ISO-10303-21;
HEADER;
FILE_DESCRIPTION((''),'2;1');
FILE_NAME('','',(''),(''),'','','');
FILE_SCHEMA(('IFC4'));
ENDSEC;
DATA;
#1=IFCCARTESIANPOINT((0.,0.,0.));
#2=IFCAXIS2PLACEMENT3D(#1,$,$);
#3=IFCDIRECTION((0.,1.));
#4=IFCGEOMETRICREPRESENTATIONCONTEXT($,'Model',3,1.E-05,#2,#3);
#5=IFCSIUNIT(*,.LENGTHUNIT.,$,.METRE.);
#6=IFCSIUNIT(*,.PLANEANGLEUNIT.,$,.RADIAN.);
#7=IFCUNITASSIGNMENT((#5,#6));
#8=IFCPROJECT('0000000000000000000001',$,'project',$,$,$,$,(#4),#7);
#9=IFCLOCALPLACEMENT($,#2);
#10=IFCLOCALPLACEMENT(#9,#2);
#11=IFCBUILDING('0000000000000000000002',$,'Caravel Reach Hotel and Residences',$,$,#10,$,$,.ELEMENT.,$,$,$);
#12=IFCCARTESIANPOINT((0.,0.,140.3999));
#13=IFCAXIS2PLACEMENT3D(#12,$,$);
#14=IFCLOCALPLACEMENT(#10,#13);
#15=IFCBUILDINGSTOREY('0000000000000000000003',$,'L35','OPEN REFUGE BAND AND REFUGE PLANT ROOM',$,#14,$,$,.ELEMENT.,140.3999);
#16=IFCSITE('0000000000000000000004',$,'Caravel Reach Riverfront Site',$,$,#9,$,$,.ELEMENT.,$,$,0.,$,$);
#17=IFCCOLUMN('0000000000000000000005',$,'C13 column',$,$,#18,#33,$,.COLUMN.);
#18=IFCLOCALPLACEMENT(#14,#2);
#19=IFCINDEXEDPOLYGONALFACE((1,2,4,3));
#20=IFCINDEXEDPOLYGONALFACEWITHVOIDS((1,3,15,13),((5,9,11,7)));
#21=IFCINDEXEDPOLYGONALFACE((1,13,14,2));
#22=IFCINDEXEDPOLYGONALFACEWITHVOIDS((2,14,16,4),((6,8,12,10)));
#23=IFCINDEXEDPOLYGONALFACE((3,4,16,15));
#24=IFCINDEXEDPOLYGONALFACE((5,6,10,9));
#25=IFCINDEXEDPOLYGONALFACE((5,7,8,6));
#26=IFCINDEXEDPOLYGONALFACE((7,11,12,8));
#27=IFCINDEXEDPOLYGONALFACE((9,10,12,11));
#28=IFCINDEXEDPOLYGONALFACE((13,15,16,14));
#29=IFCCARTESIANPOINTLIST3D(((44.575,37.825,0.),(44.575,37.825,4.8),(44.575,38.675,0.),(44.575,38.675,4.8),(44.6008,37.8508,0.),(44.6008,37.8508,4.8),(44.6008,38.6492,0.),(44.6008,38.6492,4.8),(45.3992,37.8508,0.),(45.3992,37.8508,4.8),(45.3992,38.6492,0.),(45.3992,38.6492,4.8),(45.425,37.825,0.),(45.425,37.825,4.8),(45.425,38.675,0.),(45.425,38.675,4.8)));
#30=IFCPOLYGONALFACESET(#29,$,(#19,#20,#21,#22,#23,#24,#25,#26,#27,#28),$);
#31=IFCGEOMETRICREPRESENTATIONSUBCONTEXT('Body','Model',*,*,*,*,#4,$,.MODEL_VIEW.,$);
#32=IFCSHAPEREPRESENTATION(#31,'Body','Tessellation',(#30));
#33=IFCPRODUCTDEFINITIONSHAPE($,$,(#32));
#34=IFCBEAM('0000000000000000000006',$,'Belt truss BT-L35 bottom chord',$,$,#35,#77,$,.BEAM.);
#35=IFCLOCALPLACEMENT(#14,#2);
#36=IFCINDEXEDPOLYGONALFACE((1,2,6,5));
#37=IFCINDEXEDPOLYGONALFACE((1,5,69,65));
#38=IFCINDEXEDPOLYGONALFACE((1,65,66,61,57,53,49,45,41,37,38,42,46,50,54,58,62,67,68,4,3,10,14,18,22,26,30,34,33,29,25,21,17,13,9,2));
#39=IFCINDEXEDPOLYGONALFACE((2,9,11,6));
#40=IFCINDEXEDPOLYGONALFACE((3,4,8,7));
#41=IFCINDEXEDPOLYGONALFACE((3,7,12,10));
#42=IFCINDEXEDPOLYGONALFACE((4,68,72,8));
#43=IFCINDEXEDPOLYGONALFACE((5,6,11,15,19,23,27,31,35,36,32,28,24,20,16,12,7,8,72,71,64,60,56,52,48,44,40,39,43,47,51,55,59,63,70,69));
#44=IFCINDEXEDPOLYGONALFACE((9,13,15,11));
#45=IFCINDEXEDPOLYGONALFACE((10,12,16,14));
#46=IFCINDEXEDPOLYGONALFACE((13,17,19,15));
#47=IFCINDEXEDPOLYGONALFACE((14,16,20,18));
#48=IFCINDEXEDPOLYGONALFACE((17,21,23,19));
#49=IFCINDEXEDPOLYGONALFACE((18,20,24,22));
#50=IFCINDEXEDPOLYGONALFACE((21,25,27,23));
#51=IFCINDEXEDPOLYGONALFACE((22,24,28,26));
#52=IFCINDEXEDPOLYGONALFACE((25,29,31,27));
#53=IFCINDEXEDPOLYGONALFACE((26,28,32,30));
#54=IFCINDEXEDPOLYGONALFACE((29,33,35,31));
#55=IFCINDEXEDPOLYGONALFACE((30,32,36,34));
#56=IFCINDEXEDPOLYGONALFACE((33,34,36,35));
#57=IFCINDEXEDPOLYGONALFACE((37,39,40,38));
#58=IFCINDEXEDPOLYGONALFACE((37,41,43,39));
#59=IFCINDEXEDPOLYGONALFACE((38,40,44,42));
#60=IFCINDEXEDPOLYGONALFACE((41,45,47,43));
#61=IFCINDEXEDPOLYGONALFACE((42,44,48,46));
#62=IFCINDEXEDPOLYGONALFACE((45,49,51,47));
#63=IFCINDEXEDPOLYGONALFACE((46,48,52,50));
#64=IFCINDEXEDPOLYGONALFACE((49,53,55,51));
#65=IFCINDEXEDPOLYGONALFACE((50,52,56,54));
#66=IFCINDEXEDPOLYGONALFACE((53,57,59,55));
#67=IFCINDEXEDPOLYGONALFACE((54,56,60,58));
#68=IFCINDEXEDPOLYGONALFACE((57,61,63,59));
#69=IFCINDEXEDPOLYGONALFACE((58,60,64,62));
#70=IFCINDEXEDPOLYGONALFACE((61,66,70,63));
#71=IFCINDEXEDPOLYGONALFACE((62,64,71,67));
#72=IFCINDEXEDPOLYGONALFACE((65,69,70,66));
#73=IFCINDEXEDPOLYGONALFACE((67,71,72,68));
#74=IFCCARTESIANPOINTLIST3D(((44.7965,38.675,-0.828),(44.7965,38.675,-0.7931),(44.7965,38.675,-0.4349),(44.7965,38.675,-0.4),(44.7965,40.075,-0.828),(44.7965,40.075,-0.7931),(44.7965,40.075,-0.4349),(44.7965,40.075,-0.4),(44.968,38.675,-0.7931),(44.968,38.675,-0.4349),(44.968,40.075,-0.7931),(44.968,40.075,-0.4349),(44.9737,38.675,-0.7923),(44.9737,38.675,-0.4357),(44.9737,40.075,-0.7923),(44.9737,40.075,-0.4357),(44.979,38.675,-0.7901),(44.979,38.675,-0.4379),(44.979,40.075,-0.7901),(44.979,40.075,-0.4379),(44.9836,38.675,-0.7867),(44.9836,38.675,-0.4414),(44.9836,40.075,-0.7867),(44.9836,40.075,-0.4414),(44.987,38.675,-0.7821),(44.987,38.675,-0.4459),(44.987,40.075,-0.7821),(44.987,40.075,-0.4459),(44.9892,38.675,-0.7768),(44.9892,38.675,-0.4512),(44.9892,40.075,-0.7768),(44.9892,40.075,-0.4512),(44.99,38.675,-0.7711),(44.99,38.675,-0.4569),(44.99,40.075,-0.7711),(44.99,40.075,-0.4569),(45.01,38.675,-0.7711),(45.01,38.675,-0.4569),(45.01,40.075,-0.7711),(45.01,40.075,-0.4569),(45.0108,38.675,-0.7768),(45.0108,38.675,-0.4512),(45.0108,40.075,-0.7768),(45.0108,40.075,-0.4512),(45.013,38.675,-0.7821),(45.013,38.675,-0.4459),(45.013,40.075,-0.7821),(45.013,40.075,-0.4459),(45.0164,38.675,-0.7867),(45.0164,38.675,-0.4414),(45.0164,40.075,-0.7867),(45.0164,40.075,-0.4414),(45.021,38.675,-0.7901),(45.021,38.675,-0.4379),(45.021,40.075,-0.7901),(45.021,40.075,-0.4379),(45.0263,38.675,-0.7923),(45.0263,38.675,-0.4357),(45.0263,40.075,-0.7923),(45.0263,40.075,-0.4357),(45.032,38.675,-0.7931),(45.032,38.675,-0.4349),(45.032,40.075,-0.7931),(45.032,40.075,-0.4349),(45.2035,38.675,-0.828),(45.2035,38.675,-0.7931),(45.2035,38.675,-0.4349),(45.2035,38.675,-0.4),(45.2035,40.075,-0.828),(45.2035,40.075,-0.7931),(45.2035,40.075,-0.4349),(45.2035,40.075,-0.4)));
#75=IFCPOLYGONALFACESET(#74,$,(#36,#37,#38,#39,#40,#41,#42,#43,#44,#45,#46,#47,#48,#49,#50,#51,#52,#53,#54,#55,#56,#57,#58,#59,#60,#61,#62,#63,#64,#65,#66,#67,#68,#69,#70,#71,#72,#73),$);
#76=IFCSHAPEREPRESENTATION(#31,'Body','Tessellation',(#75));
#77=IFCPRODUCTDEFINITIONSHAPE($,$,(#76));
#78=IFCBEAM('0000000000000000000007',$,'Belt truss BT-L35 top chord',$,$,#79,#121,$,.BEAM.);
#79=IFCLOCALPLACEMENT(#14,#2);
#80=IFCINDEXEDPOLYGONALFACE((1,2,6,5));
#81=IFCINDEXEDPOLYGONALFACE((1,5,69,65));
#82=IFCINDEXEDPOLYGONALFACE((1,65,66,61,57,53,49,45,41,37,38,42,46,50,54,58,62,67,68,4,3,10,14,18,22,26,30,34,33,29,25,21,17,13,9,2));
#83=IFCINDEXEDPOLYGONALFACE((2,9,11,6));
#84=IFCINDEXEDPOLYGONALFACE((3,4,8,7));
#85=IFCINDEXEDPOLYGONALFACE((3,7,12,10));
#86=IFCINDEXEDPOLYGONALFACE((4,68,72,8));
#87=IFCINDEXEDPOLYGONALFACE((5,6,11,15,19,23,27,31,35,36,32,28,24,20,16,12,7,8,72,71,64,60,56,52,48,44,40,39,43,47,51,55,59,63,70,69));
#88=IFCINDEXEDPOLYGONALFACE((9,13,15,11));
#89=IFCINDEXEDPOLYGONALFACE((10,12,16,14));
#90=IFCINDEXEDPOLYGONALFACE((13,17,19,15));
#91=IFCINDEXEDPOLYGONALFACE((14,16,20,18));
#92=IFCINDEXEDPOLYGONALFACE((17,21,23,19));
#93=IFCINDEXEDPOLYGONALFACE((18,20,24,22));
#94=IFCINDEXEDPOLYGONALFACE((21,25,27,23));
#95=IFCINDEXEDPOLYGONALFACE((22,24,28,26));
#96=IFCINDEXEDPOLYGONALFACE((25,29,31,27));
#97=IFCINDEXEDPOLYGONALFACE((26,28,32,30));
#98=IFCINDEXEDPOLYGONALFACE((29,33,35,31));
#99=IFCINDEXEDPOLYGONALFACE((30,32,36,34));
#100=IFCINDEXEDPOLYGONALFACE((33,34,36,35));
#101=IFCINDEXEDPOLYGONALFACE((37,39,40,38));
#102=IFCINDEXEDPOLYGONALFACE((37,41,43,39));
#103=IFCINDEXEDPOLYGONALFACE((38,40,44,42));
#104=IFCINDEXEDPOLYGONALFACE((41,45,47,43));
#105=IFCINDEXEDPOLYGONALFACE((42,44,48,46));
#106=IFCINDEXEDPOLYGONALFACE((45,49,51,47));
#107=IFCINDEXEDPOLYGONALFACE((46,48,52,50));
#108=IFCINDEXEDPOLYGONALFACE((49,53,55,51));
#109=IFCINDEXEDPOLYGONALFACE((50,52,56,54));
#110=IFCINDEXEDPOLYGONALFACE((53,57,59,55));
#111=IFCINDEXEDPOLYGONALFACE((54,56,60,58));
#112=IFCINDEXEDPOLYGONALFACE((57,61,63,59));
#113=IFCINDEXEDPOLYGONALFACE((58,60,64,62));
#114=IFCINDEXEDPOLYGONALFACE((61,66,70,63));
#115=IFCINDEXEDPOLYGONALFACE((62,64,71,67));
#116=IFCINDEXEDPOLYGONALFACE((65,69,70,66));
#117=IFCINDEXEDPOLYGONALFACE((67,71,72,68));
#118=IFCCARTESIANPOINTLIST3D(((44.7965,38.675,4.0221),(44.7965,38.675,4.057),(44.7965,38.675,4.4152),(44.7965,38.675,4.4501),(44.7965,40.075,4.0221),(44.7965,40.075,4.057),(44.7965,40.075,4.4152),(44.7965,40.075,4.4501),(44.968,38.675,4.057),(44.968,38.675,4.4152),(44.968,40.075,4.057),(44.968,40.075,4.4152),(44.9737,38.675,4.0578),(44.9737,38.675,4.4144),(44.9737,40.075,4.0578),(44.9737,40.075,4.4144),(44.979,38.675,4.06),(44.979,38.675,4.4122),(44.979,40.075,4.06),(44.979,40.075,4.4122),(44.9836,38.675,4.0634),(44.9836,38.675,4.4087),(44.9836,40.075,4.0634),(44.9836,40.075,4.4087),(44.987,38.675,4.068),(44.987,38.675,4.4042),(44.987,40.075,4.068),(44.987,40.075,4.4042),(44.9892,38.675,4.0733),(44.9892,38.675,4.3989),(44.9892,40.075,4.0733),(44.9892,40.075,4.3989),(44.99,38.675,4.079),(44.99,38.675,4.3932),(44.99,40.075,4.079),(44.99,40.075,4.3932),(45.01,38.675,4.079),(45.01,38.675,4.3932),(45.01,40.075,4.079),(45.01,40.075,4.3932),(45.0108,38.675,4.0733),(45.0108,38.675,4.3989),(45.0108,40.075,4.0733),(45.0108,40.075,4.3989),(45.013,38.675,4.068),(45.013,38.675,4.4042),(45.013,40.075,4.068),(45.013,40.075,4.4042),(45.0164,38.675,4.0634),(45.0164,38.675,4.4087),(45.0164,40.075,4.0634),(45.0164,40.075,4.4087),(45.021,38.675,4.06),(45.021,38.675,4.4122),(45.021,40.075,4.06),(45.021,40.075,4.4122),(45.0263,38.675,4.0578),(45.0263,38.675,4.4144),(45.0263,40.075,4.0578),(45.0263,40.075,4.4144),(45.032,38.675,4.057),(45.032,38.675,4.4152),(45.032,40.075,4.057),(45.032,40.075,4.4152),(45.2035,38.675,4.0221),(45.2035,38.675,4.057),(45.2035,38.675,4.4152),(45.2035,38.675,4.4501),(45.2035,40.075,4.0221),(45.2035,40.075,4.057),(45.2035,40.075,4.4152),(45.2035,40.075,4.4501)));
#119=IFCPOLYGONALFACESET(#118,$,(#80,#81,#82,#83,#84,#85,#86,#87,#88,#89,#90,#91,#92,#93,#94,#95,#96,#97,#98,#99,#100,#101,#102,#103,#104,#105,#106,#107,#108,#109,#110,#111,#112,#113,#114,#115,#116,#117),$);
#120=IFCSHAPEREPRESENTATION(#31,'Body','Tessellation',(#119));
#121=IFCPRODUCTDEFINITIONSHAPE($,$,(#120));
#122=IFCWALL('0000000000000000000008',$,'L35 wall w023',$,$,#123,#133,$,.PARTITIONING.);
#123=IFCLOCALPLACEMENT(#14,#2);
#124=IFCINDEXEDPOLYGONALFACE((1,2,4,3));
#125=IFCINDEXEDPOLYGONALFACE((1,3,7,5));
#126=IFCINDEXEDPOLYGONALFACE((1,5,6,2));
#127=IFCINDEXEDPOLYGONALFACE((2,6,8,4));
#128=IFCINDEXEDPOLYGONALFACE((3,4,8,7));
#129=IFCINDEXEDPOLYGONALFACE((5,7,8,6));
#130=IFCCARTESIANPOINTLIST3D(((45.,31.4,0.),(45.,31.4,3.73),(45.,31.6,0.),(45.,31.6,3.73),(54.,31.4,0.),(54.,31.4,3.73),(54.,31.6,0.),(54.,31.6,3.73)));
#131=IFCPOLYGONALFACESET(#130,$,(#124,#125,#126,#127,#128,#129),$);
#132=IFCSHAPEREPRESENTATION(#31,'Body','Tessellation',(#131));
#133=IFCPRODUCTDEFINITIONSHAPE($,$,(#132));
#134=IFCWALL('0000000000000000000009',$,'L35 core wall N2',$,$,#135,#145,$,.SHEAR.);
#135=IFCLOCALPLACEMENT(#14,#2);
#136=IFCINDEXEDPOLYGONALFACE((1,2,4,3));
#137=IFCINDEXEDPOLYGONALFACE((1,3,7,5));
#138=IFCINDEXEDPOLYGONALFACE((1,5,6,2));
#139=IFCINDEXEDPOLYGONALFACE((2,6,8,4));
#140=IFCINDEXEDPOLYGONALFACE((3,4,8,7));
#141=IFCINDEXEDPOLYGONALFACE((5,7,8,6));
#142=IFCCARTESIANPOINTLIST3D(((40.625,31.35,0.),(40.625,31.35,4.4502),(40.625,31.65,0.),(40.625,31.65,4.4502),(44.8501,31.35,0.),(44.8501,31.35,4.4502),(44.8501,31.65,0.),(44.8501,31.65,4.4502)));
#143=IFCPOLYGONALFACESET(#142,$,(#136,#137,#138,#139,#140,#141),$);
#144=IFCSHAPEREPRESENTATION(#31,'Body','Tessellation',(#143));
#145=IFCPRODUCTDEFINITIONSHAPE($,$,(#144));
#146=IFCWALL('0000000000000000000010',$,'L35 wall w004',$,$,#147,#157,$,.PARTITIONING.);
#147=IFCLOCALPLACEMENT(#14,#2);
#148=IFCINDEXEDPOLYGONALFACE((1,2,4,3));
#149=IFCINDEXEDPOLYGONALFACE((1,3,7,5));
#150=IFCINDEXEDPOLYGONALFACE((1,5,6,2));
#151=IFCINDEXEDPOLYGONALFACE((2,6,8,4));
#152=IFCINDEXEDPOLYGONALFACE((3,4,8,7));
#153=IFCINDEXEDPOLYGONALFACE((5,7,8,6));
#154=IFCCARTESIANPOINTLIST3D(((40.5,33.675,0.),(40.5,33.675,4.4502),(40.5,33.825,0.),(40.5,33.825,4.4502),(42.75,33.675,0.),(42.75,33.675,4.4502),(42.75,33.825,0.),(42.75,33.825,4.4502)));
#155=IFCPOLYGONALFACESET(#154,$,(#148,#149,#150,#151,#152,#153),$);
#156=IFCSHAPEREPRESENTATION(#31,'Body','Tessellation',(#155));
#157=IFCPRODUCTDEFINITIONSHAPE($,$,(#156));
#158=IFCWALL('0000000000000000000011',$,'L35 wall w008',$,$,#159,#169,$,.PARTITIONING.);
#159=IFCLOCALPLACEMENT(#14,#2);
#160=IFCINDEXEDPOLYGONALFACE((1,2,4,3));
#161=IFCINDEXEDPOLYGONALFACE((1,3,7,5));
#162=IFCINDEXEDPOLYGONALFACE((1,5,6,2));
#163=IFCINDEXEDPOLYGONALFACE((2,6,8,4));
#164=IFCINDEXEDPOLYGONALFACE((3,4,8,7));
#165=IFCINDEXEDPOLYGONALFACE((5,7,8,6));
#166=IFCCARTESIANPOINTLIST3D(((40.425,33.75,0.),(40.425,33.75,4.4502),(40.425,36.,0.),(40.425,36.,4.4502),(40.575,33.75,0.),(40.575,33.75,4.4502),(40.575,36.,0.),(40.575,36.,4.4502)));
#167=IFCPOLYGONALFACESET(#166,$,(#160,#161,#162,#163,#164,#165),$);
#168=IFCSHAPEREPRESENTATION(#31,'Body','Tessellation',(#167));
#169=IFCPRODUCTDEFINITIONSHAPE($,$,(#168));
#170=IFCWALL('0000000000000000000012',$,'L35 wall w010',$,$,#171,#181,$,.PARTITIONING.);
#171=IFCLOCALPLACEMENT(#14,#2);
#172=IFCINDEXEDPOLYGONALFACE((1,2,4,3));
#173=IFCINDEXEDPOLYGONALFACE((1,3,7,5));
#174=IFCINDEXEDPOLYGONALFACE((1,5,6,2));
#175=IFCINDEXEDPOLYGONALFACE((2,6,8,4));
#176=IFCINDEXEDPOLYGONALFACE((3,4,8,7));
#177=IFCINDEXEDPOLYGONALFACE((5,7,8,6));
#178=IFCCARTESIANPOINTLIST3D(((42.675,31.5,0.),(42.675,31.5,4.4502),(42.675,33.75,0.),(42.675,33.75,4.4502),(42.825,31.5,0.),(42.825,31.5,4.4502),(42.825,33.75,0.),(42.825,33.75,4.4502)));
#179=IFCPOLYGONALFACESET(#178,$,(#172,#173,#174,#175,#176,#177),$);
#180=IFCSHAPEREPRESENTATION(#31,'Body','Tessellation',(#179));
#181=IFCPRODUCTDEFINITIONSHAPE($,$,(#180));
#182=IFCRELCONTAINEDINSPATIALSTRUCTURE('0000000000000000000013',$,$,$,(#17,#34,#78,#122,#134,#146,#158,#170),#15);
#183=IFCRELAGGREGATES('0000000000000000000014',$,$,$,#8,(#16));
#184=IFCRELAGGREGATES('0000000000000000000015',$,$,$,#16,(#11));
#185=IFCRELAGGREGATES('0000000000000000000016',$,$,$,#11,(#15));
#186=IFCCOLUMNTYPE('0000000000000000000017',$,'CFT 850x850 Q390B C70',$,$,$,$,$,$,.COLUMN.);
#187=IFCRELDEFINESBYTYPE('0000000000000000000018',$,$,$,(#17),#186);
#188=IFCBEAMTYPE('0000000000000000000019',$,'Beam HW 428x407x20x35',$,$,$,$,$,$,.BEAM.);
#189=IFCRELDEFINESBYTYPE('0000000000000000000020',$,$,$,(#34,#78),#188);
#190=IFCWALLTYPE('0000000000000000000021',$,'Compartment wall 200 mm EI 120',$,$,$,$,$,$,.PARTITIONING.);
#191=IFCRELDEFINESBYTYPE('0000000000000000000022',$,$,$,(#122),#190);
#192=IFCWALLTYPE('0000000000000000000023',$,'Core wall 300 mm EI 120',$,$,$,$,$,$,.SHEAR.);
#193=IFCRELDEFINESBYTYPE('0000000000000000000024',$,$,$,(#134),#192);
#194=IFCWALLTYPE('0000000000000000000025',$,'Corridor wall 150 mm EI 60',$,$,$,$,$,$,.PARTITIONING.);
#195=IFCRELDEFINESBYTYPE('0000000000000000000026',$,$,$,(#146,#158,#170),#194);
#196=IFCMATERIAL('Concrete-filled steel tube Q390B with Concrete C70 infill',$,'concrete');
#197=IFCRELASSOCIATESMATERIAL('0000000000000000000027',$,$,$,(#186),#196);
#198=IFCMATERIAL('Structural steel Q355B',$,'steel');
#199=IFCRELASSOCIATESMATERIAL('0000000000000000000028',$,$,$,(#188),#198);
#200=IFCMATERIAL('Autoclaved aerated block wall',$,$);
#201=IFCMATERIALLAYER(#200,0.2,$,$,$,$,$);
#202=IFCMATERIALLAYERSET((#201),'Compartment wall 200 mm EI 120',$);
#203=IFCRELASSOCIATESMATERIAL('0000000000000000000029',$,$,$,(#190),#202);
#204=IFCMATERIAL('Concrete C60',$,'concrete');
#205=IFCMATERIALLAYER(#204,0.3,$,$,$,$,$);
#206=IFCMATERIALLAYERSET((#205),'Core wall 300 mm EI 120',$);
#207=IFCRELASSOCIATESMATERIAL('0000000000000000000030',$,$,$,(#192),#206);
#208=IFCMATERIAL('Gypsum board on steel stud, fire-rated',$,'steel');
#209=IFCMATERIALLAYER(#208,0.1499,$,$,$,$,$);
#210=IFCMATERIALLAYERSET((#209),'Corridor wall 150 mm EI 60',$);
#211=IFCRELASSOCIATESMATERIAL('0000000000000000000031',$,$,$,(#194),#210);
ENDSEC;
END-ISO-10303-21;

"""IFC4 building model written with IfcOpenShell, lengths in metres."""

from ifc_helpers import new_model, si_unit, direction, frame, frame_2d, origin, origin_2d, place, context, subcontext, project, spatial, rectangle, hollow_rectangle, i_section, extrude, material, layer, layer_set, material_profile, profile_set, type_object, element, save


model = new_model("IFC4")

# Units and contexts
model_context = context("Model", 3, precision=1e-05, world=origin(), true_north=direction((0.0, 1.0)))
body_context = subcontext(model_context, "Body", "Model", "MODEL_VIEW")
ifc_project = project(units=[si_unit("LENGTHUNIT", "METRE"), si_unit("PLANEANGLEUNIT", "RADIAN")], contexts=[model_context])

# Site, building, storey
site_placement = place(None, origin())
site = spatial("IfcSite", under=ifc_project, at=site_placement, Name="Caravel Reach Riverfront Site", CompositionType="ELEMENT", RefElevation=0.0)
building_placement = place(site_placement, origin())
building = spatial("IfcBuilding", under=site, at=building_placement, Name="Caravel Reach Hotel and Residences", CompositionType="ELEMENT")
storey_placement = place(building_placement, frame((0.0, 0.0, 140.3999)))
storey = spatial("IfcBuildingStorey", under=building, at=storey_placement, Name="L35", Description="OPEN REFUGE BAND AND REFUGE PLANT ROOM", CompositionType="ELEMENT", Elevation=140.3999)

# Column
ifc_material_1 = material(Name="Concrete-filled steel tube Q390B with Concrete C70 infill", Category="concrete")
ifc_material_profile_1 = material_profile(ifc_material_1, hollow_rectangle(XDim=0.8501, YDim=0.8501, WallThickness=0.0259, at=origin_2d()), Name="RHS 850x850x26")
ifc_profile_set_1 = profile_set([ifc_material_profile_1], Name="Concrete-filled steel tube Q390B with Concrete C70 infill")
column_type = type_object("IfcColumnType", Name="CFT 850x850 Q390B C70", PredefinedType="COLUMN", material=ifc_profile_set_1)
column_placement = place(storey_placement, frame((45.0, 38.25, 0.0), z_axis=(0.0, 0.0, 1.0), x_axis=(1.0, 0.0, 0.0)))
element("IfcColumn", 1, at=column_placement, inside=storey, type_object=column_type, Name="C13 column", PredefinedType="COLUMN", context=body_context, shape_type="SweptSolid", body=[
    extrude(hollow_rectangle(XDim=0.8501, YDim=0.8501, WallThickness=0.0259, at=origin_2d()), origin(), (0.0, 0.0, 1.0), 4.8),
])

# Beams
ifc_material_2 = material(Name="Structural steel Q355B", Category="steel")
ifc_material_profile_2 = material_profile(ifc_material_2, i_section(OverallWidth=0.407, OverallDepth=0.428, WebThickness=0.02, FlangeThickness=0.0349, FilletRadius=0.022, at=origin_2d()), Name="HW 428x407x20x35")
ifc_profile_set_2 = profile_set([ifc_material_profile_2], Name="Structural steel Q355B")
beam_type = type_object("IfcBeamType", Name="Beam HW 428x407x20x35", PredefinedType="BEAM", material=ifc_profile_set_2)
for number, where, z_axis, x_axis, name in (
    (2, (45.0, 38.675, -0.614), (0.0, 1.0, 0.0), (-1.0, 0.0, 0.0), "Belt truss BT-L35 bottom chord"),
    (3, (45.0, 38.675, 4.2361), (0.0, 1.0, 0.0), (-1.0, 0.0, 0.0), "Belt truss BT-L35 top chord"),
):
    element("IfcBeam", number, at=place(storey_placement, frame(where, z_axis=z_axis, x_axis=x_axis)), inside=storey, type_object=beam_type, Name=name, PredefinedType="BEAM", context=body_context, shape_type="SweptSolid", body=[
        extrude(i_section(OverallWidth=0.407, OverallDepth=0.428, WebThickness=0.02, FlangeThickness=0.0349, FilletRadius=0.022, at=origin_2d()), origin(), (0.0, 0.0, 1.0), 1.3999),
    ])

# Walls
ifc_material_3 = material(Name="Autoclaved aerated block wall")
ifc_layer_1 = layer(ifc_material_3, 0.2)
ifc_layer_set_1 = layer_set([ifc_layer_1], Name="Compartment wall 200 mm EI 120")
wall_type_1 = type_object("IfcWallType", Name="Compartment wall 200 mm EI 120", PredefinedType="PARTITIONING", material=ifc_layer_set_1)
wall_1_placement = place(storey_placement, frame((45.0, 31.5, 0.0), z_axis=(0.0, 0.0, 1.0), x_axis=(1.0, 0.0, 0.0)))
element("IfcWall", 4, at=wall_1_placement, inside=storey, type_object=wall_type_1, Name="L35 wall w023", PredefinedType="PARTITIONING", context=body_context, shape_type="SweptSolid", body=[
    extrude(rectangle(XDim=9.0, YDim=0.2, at=frame_2d((4.5, 0.0))), origin(), (0.0, 0.0, 1.0), 3.73),
])
ifc_material_4 = material(Name="Concrete C60", Category="concrete")
ifc_layer_2 = layer(ifc_material_4, 0.3)
ifc_layer_set_2 = layer_set([ifc_layer_2], Name="Core wall 300 mm EI 120")
wall_type_2 = type_object("IfcWallType", Name="Core wall 300 mm EI 120", PredefinedType="SHEAR", material=ifc_layer_set_2)
wall_2_placement = place(storey_placement, frame((40.625, 31.5, 0.0), z_axis=(0.0, 0.0, 1.0), x_axis=(1.0, 0.0, 0.0)))
element("IfcWall", 5, at=wall_2_placement, inside=storey, type_object=wall_type_2, Name="L35 core wall N2", PredefinedType="SHEAR", context=body_context, shape_type="SweptSolid", body=[
    extrude(rectangle(XDim=4.2251, YDim=0.3, at=frame_2d((2.1125, 0.0))), origin(), (0.0, 0.0, 1.0), 4.4502),
])
ifc_material_5 = material(Name="Gypsum board on steel stud, fire-rated", Category="steel")
ifc_layer_3 = layer(ifc_material_5, 0.1499)
ifc_layer_set_3 = layer_set([ifc_layer_3], Name="Corridor wall 150 mm EI 60")
wall_type_3 = type_object("IfcWallType", Name="Corridor wall 150 mm EI 60", PredefinedType="PARTITIONING", material=ifc_layer_set_3)
for number, where, z_axis, x_axis, name in (
    (6, (40.5, 33.75, 0.0), (0.0, 0.0, 1.0), (1.0, 0.0, 0.0), "L35 wall w004"),
    (7, (40.5, 33.75, 0.0), (0.0, 0.0, 1.0), (0.0, 1.0, 0.0), "L35 wall w008"),
    (8, (42.75, 31.5, 0.0), (0.0, 0.0, 1.0), (0.0, 1.0, 0.0), "L35 wall w010"),
):
    element("IfcWall", number, at=place(storey_placement, frame(where, z_axis=z_axis, x_axis=x_axis)), inside=storey, type_object=wall_type_3, Name=name, PredefinedType="PARTITIONING", context=body_context, shape_type="SweptSolid", body=[
        extrude(rectangle(XDim=2.25, YDim=0.1499, at=frame_2d((1.125, 0.0))), origin(), (0.0, 0.0, 1.0), 4.4502),
    ])

save(model, "model.ifc")
